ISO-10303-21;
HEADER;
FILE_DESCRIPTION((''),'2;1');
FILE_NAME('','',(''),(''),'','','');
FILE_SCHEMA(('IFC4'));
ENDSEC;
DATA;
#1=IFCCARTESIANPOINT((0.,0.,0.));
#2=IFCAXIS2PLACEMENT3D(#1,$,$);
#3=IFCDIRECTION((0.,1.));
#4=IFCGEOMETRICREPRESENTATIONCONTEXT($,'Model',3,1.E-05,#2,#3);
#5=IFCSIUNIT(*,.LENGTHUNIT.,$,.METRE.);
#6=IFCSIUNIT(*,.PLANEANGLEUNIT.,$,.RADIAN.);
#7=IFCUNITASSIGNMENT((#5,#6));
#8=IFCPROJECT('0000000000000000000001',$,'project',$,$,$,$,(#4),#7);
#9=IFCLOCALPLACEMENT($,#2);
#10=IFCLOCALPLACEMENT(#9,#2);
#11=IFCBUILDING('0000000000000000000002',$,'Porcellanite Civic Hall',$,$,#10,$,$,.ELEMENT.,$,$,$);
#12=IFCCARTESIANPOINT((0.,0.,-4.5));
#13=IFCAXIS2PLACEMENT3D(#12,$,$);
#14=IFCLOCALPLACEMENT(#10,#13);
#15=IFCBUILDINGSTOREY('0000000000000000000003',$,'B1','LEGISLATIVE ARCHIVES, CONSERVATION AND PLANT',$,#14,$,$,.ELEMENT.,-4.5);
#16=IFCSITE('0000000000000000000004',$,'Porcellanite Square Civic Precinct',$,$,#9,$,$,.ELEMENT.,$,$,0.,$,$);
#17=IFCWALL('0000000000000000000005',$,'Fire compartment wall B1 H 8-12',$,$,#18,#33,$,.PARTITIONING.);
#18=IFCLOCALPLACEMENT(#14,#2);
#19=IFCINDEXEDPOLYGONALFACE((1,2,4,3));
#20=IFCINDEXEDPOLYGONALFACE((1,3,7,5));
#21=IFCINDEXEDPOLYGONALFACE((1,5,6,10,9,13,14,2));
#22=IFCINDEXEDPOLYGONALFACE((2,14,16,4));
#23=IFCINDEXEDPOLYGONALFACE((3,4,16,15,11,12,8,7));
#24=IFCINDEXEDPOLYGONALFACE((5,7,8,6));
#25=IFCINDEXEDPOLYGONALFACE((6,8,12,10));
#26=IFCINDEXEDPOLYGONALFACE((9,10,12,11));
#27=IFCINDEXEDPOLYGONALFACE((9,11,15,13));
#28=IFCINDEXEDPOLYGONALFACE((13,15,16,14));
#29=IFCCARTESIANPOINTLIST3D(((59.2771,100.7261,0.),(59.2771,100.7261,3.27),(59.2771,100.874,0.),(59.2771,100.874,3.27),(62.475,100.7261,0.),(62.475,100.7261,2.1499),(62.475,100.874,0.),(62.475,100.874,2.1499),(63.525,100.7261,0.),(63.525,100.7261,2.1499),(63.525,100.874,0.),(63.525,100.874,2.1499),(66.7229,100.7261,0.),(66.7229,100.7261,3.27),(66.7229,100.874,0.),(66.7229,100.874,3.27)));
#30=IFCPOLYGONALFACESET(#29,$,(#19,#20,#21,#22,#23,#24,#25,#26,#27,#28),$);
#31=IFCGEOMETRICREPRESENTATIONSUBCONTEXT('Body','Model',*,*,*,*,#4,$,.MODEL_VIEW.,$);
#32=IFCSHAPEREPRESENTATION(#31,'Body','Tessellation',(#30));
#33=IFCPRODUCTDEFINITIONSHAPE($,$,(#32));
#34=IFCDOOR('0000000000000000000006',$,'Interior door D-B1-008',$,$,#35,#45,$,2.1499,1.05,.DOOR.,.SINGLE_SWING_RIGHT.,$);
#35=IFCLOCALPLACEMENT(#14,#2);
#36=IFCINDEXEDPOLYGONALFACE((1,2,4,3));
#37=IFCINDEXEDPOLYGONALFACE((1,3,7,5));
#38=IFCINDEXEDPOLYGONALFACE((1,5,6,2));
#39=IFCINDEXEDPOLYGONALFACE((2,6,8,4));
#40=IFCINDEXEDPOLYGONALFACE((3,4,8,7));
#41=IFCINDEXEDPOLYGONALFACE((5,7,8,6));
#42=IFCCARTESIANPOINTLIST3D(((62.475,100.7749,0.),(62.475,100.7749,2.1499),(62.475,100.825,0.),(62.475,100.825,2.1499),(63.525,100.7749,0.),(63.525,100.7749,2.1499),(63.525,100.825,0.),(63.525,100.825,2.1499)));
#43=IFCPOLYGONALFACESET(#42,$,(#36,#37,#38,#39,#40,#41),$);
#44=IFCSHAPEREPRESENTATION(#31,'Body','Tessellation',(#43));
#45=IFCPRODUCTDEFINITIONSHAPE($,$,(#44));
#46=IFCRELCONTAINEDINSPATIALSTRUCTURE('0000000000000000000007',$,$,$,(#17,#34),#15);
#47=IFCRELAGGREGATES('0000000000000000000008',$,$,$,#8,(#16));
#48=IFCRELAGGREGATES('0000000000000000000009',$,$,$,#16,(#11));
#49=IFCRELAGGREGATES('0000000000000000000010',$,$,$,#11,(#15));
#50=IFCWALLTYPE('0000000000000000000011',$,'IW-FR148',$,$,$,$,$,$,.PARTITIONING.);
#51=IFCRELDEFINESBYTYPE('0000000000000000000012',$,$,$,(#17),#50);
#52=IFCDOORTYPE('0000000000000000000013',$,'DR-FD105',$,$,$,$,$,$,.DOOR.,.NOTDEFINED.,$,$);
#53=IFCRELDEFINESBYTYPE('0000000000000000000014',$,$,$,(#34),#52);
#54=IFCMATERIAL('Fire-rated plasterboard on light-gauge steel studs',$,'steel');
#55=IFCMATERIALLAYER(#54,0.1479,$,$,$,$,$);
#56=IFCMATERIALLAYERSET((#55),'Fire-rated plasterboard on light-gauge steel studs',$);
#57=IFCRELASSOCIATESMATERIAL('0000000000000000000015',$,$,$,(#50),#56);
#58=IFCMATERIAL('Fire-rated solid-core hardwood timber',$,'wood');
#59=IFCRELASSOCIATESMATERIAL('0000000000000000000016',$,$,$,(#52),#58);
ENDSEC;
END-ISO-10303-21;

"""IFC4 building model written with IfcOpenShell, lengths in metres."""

from ifc_helpers import new_model, si_unit, direction, frame, frame_2d, origin, place, context, subcontext, project, spatial, rectangle, extrude, material, layer, layer_set, type_object, element, fill, save


model = new_model("IFC4")

# Units and contexts
model_context = context("Model", 3, precision=1e-05, world=origin(), true_north=direction((0.0, 1.0)))
body_context = subcontext(model_context, "Body", "Model", "MODEL_VIEW")
ifc_project = project(units=[si_unit("LENGTHUNIT", "METRE"), si_unit("PLANEANGLEUNIT", "RADIAN")], contexts=[model_context])

# Site, building, storey
site_placement = place(None, origin())
site = spatial("IfcSite", under=ifc_project, at=site_placement, Name="Porcellanite Square Civic Precinct", CompositionType="ELEMENT", RefElevation=0.0)
building_placement = place(site_placement, origin())
building = spatial("IfcBuilding", under=site, at=building_placement, Name="Porcellanite Civic Hall", CompositionType="ELEMENT")
storey_placement = place(building_placement, frame((0.0, 0.0, -4.5)))
storey = spatial("IfcBuildingStorey", under=building, at=storey_placement, Name="B1", Description="LEGISLATIVE ARCHIVES, CONSERVATION AND PLANT", CompositionType="ELEMENT", Elevation=-4.5)

# Wall, opening, door
ifc_material_1 = material(Name="Fire-rated plasterboard on light-gauge steel studs", Category="steel")
ifc_layer_1 = layer(ifc_material_1, 0.1479)
ifc_layer_set_1 = layer_set([ifc_layer_1], Name="Fire-rated plasterboard on light-gauge steel studs")
wall_type_1 = type_object("IfcWallType", Name="IW-FR148", PredefinedType="PARTITIONING", material=ifc_layer_set_1)
wall_1_placement = place(storey_placement, frame((59.2771, 100.8, 0.0), z_axis=(0.0, 0.0, 1.0), x_axis=(1.0, 0.0, 0.0)))
wall_1 = element("IfcWall", 1, at=wall_1_placement, inside=storey, type_object=wall_type_1, Name="Fire compartment wall B1 H 8-12", PredefinedType="PARTITIONING", context=body_context, shape_type="SweptSolid", body=[
    extrude(rectangle(XDim=7.4458, YDim=0.1479, at=frame_2d((3.7229, 0.0))), origin(), (0.0, 0.0, 1.0), 3.27),
])
opening_1_placement = place(wall_1_placement, frame((3.198, 0.0, 0.0)))
opening_1 = element("IfcOpeningElement", 2, at=opening_1_placement, cuts=wall_1, PredefinedType="OPENING", context=body_context, shape_type="SweptSolid", body=[
    extrude(rectangle(XDim=1.05, YDim=2.1499, at=frame_2d((0.5249, 1.075))), frame((0.0, 0.074, 0.0), z_axis=(0.0, -1.0, 0.0), x_axis=(1.0, 0.0, 0.0)), (0.0, 0.0, 1.0), 0.1479),
])
ifc_material_2 = material(Name="Fire-rated solid-core hardwood timber", Category="wood")
door_type_1 = type_object("IfcDoorType", Name="DR-FD105", OperationType="NOTDEFINED", PredefinedType="DOOR", material=ifc_material_2)
door_1_placement = place(opening_1_placement, origin())
door_1 = element("IfcDoor", 3, at=door_1_placement, inside=storey, type_object=door_type_1, Name="Interior door D-B1-008", OperationType="SINGLE_SWING_RIGHT", OverallHeight=2.1499, OverallWidth=1.05, PredefinedType="DOOR", context=body_context, shape_type="SweptSolid", body=[
    extrude(rectangle(XDim=1.05, YDim=2.1499, at=frame_2d((0.5249, 1.075))), frame((0.0, 0.0249, 0.0), z_axis=(0.0, -1.0, 0.0), x_axis=(1.0, 0.0, 0.0)), (0.0, 0.0, 1.0), 0.05),
])
fill(opening_1, door_1)

save(model, "model.ifc")
